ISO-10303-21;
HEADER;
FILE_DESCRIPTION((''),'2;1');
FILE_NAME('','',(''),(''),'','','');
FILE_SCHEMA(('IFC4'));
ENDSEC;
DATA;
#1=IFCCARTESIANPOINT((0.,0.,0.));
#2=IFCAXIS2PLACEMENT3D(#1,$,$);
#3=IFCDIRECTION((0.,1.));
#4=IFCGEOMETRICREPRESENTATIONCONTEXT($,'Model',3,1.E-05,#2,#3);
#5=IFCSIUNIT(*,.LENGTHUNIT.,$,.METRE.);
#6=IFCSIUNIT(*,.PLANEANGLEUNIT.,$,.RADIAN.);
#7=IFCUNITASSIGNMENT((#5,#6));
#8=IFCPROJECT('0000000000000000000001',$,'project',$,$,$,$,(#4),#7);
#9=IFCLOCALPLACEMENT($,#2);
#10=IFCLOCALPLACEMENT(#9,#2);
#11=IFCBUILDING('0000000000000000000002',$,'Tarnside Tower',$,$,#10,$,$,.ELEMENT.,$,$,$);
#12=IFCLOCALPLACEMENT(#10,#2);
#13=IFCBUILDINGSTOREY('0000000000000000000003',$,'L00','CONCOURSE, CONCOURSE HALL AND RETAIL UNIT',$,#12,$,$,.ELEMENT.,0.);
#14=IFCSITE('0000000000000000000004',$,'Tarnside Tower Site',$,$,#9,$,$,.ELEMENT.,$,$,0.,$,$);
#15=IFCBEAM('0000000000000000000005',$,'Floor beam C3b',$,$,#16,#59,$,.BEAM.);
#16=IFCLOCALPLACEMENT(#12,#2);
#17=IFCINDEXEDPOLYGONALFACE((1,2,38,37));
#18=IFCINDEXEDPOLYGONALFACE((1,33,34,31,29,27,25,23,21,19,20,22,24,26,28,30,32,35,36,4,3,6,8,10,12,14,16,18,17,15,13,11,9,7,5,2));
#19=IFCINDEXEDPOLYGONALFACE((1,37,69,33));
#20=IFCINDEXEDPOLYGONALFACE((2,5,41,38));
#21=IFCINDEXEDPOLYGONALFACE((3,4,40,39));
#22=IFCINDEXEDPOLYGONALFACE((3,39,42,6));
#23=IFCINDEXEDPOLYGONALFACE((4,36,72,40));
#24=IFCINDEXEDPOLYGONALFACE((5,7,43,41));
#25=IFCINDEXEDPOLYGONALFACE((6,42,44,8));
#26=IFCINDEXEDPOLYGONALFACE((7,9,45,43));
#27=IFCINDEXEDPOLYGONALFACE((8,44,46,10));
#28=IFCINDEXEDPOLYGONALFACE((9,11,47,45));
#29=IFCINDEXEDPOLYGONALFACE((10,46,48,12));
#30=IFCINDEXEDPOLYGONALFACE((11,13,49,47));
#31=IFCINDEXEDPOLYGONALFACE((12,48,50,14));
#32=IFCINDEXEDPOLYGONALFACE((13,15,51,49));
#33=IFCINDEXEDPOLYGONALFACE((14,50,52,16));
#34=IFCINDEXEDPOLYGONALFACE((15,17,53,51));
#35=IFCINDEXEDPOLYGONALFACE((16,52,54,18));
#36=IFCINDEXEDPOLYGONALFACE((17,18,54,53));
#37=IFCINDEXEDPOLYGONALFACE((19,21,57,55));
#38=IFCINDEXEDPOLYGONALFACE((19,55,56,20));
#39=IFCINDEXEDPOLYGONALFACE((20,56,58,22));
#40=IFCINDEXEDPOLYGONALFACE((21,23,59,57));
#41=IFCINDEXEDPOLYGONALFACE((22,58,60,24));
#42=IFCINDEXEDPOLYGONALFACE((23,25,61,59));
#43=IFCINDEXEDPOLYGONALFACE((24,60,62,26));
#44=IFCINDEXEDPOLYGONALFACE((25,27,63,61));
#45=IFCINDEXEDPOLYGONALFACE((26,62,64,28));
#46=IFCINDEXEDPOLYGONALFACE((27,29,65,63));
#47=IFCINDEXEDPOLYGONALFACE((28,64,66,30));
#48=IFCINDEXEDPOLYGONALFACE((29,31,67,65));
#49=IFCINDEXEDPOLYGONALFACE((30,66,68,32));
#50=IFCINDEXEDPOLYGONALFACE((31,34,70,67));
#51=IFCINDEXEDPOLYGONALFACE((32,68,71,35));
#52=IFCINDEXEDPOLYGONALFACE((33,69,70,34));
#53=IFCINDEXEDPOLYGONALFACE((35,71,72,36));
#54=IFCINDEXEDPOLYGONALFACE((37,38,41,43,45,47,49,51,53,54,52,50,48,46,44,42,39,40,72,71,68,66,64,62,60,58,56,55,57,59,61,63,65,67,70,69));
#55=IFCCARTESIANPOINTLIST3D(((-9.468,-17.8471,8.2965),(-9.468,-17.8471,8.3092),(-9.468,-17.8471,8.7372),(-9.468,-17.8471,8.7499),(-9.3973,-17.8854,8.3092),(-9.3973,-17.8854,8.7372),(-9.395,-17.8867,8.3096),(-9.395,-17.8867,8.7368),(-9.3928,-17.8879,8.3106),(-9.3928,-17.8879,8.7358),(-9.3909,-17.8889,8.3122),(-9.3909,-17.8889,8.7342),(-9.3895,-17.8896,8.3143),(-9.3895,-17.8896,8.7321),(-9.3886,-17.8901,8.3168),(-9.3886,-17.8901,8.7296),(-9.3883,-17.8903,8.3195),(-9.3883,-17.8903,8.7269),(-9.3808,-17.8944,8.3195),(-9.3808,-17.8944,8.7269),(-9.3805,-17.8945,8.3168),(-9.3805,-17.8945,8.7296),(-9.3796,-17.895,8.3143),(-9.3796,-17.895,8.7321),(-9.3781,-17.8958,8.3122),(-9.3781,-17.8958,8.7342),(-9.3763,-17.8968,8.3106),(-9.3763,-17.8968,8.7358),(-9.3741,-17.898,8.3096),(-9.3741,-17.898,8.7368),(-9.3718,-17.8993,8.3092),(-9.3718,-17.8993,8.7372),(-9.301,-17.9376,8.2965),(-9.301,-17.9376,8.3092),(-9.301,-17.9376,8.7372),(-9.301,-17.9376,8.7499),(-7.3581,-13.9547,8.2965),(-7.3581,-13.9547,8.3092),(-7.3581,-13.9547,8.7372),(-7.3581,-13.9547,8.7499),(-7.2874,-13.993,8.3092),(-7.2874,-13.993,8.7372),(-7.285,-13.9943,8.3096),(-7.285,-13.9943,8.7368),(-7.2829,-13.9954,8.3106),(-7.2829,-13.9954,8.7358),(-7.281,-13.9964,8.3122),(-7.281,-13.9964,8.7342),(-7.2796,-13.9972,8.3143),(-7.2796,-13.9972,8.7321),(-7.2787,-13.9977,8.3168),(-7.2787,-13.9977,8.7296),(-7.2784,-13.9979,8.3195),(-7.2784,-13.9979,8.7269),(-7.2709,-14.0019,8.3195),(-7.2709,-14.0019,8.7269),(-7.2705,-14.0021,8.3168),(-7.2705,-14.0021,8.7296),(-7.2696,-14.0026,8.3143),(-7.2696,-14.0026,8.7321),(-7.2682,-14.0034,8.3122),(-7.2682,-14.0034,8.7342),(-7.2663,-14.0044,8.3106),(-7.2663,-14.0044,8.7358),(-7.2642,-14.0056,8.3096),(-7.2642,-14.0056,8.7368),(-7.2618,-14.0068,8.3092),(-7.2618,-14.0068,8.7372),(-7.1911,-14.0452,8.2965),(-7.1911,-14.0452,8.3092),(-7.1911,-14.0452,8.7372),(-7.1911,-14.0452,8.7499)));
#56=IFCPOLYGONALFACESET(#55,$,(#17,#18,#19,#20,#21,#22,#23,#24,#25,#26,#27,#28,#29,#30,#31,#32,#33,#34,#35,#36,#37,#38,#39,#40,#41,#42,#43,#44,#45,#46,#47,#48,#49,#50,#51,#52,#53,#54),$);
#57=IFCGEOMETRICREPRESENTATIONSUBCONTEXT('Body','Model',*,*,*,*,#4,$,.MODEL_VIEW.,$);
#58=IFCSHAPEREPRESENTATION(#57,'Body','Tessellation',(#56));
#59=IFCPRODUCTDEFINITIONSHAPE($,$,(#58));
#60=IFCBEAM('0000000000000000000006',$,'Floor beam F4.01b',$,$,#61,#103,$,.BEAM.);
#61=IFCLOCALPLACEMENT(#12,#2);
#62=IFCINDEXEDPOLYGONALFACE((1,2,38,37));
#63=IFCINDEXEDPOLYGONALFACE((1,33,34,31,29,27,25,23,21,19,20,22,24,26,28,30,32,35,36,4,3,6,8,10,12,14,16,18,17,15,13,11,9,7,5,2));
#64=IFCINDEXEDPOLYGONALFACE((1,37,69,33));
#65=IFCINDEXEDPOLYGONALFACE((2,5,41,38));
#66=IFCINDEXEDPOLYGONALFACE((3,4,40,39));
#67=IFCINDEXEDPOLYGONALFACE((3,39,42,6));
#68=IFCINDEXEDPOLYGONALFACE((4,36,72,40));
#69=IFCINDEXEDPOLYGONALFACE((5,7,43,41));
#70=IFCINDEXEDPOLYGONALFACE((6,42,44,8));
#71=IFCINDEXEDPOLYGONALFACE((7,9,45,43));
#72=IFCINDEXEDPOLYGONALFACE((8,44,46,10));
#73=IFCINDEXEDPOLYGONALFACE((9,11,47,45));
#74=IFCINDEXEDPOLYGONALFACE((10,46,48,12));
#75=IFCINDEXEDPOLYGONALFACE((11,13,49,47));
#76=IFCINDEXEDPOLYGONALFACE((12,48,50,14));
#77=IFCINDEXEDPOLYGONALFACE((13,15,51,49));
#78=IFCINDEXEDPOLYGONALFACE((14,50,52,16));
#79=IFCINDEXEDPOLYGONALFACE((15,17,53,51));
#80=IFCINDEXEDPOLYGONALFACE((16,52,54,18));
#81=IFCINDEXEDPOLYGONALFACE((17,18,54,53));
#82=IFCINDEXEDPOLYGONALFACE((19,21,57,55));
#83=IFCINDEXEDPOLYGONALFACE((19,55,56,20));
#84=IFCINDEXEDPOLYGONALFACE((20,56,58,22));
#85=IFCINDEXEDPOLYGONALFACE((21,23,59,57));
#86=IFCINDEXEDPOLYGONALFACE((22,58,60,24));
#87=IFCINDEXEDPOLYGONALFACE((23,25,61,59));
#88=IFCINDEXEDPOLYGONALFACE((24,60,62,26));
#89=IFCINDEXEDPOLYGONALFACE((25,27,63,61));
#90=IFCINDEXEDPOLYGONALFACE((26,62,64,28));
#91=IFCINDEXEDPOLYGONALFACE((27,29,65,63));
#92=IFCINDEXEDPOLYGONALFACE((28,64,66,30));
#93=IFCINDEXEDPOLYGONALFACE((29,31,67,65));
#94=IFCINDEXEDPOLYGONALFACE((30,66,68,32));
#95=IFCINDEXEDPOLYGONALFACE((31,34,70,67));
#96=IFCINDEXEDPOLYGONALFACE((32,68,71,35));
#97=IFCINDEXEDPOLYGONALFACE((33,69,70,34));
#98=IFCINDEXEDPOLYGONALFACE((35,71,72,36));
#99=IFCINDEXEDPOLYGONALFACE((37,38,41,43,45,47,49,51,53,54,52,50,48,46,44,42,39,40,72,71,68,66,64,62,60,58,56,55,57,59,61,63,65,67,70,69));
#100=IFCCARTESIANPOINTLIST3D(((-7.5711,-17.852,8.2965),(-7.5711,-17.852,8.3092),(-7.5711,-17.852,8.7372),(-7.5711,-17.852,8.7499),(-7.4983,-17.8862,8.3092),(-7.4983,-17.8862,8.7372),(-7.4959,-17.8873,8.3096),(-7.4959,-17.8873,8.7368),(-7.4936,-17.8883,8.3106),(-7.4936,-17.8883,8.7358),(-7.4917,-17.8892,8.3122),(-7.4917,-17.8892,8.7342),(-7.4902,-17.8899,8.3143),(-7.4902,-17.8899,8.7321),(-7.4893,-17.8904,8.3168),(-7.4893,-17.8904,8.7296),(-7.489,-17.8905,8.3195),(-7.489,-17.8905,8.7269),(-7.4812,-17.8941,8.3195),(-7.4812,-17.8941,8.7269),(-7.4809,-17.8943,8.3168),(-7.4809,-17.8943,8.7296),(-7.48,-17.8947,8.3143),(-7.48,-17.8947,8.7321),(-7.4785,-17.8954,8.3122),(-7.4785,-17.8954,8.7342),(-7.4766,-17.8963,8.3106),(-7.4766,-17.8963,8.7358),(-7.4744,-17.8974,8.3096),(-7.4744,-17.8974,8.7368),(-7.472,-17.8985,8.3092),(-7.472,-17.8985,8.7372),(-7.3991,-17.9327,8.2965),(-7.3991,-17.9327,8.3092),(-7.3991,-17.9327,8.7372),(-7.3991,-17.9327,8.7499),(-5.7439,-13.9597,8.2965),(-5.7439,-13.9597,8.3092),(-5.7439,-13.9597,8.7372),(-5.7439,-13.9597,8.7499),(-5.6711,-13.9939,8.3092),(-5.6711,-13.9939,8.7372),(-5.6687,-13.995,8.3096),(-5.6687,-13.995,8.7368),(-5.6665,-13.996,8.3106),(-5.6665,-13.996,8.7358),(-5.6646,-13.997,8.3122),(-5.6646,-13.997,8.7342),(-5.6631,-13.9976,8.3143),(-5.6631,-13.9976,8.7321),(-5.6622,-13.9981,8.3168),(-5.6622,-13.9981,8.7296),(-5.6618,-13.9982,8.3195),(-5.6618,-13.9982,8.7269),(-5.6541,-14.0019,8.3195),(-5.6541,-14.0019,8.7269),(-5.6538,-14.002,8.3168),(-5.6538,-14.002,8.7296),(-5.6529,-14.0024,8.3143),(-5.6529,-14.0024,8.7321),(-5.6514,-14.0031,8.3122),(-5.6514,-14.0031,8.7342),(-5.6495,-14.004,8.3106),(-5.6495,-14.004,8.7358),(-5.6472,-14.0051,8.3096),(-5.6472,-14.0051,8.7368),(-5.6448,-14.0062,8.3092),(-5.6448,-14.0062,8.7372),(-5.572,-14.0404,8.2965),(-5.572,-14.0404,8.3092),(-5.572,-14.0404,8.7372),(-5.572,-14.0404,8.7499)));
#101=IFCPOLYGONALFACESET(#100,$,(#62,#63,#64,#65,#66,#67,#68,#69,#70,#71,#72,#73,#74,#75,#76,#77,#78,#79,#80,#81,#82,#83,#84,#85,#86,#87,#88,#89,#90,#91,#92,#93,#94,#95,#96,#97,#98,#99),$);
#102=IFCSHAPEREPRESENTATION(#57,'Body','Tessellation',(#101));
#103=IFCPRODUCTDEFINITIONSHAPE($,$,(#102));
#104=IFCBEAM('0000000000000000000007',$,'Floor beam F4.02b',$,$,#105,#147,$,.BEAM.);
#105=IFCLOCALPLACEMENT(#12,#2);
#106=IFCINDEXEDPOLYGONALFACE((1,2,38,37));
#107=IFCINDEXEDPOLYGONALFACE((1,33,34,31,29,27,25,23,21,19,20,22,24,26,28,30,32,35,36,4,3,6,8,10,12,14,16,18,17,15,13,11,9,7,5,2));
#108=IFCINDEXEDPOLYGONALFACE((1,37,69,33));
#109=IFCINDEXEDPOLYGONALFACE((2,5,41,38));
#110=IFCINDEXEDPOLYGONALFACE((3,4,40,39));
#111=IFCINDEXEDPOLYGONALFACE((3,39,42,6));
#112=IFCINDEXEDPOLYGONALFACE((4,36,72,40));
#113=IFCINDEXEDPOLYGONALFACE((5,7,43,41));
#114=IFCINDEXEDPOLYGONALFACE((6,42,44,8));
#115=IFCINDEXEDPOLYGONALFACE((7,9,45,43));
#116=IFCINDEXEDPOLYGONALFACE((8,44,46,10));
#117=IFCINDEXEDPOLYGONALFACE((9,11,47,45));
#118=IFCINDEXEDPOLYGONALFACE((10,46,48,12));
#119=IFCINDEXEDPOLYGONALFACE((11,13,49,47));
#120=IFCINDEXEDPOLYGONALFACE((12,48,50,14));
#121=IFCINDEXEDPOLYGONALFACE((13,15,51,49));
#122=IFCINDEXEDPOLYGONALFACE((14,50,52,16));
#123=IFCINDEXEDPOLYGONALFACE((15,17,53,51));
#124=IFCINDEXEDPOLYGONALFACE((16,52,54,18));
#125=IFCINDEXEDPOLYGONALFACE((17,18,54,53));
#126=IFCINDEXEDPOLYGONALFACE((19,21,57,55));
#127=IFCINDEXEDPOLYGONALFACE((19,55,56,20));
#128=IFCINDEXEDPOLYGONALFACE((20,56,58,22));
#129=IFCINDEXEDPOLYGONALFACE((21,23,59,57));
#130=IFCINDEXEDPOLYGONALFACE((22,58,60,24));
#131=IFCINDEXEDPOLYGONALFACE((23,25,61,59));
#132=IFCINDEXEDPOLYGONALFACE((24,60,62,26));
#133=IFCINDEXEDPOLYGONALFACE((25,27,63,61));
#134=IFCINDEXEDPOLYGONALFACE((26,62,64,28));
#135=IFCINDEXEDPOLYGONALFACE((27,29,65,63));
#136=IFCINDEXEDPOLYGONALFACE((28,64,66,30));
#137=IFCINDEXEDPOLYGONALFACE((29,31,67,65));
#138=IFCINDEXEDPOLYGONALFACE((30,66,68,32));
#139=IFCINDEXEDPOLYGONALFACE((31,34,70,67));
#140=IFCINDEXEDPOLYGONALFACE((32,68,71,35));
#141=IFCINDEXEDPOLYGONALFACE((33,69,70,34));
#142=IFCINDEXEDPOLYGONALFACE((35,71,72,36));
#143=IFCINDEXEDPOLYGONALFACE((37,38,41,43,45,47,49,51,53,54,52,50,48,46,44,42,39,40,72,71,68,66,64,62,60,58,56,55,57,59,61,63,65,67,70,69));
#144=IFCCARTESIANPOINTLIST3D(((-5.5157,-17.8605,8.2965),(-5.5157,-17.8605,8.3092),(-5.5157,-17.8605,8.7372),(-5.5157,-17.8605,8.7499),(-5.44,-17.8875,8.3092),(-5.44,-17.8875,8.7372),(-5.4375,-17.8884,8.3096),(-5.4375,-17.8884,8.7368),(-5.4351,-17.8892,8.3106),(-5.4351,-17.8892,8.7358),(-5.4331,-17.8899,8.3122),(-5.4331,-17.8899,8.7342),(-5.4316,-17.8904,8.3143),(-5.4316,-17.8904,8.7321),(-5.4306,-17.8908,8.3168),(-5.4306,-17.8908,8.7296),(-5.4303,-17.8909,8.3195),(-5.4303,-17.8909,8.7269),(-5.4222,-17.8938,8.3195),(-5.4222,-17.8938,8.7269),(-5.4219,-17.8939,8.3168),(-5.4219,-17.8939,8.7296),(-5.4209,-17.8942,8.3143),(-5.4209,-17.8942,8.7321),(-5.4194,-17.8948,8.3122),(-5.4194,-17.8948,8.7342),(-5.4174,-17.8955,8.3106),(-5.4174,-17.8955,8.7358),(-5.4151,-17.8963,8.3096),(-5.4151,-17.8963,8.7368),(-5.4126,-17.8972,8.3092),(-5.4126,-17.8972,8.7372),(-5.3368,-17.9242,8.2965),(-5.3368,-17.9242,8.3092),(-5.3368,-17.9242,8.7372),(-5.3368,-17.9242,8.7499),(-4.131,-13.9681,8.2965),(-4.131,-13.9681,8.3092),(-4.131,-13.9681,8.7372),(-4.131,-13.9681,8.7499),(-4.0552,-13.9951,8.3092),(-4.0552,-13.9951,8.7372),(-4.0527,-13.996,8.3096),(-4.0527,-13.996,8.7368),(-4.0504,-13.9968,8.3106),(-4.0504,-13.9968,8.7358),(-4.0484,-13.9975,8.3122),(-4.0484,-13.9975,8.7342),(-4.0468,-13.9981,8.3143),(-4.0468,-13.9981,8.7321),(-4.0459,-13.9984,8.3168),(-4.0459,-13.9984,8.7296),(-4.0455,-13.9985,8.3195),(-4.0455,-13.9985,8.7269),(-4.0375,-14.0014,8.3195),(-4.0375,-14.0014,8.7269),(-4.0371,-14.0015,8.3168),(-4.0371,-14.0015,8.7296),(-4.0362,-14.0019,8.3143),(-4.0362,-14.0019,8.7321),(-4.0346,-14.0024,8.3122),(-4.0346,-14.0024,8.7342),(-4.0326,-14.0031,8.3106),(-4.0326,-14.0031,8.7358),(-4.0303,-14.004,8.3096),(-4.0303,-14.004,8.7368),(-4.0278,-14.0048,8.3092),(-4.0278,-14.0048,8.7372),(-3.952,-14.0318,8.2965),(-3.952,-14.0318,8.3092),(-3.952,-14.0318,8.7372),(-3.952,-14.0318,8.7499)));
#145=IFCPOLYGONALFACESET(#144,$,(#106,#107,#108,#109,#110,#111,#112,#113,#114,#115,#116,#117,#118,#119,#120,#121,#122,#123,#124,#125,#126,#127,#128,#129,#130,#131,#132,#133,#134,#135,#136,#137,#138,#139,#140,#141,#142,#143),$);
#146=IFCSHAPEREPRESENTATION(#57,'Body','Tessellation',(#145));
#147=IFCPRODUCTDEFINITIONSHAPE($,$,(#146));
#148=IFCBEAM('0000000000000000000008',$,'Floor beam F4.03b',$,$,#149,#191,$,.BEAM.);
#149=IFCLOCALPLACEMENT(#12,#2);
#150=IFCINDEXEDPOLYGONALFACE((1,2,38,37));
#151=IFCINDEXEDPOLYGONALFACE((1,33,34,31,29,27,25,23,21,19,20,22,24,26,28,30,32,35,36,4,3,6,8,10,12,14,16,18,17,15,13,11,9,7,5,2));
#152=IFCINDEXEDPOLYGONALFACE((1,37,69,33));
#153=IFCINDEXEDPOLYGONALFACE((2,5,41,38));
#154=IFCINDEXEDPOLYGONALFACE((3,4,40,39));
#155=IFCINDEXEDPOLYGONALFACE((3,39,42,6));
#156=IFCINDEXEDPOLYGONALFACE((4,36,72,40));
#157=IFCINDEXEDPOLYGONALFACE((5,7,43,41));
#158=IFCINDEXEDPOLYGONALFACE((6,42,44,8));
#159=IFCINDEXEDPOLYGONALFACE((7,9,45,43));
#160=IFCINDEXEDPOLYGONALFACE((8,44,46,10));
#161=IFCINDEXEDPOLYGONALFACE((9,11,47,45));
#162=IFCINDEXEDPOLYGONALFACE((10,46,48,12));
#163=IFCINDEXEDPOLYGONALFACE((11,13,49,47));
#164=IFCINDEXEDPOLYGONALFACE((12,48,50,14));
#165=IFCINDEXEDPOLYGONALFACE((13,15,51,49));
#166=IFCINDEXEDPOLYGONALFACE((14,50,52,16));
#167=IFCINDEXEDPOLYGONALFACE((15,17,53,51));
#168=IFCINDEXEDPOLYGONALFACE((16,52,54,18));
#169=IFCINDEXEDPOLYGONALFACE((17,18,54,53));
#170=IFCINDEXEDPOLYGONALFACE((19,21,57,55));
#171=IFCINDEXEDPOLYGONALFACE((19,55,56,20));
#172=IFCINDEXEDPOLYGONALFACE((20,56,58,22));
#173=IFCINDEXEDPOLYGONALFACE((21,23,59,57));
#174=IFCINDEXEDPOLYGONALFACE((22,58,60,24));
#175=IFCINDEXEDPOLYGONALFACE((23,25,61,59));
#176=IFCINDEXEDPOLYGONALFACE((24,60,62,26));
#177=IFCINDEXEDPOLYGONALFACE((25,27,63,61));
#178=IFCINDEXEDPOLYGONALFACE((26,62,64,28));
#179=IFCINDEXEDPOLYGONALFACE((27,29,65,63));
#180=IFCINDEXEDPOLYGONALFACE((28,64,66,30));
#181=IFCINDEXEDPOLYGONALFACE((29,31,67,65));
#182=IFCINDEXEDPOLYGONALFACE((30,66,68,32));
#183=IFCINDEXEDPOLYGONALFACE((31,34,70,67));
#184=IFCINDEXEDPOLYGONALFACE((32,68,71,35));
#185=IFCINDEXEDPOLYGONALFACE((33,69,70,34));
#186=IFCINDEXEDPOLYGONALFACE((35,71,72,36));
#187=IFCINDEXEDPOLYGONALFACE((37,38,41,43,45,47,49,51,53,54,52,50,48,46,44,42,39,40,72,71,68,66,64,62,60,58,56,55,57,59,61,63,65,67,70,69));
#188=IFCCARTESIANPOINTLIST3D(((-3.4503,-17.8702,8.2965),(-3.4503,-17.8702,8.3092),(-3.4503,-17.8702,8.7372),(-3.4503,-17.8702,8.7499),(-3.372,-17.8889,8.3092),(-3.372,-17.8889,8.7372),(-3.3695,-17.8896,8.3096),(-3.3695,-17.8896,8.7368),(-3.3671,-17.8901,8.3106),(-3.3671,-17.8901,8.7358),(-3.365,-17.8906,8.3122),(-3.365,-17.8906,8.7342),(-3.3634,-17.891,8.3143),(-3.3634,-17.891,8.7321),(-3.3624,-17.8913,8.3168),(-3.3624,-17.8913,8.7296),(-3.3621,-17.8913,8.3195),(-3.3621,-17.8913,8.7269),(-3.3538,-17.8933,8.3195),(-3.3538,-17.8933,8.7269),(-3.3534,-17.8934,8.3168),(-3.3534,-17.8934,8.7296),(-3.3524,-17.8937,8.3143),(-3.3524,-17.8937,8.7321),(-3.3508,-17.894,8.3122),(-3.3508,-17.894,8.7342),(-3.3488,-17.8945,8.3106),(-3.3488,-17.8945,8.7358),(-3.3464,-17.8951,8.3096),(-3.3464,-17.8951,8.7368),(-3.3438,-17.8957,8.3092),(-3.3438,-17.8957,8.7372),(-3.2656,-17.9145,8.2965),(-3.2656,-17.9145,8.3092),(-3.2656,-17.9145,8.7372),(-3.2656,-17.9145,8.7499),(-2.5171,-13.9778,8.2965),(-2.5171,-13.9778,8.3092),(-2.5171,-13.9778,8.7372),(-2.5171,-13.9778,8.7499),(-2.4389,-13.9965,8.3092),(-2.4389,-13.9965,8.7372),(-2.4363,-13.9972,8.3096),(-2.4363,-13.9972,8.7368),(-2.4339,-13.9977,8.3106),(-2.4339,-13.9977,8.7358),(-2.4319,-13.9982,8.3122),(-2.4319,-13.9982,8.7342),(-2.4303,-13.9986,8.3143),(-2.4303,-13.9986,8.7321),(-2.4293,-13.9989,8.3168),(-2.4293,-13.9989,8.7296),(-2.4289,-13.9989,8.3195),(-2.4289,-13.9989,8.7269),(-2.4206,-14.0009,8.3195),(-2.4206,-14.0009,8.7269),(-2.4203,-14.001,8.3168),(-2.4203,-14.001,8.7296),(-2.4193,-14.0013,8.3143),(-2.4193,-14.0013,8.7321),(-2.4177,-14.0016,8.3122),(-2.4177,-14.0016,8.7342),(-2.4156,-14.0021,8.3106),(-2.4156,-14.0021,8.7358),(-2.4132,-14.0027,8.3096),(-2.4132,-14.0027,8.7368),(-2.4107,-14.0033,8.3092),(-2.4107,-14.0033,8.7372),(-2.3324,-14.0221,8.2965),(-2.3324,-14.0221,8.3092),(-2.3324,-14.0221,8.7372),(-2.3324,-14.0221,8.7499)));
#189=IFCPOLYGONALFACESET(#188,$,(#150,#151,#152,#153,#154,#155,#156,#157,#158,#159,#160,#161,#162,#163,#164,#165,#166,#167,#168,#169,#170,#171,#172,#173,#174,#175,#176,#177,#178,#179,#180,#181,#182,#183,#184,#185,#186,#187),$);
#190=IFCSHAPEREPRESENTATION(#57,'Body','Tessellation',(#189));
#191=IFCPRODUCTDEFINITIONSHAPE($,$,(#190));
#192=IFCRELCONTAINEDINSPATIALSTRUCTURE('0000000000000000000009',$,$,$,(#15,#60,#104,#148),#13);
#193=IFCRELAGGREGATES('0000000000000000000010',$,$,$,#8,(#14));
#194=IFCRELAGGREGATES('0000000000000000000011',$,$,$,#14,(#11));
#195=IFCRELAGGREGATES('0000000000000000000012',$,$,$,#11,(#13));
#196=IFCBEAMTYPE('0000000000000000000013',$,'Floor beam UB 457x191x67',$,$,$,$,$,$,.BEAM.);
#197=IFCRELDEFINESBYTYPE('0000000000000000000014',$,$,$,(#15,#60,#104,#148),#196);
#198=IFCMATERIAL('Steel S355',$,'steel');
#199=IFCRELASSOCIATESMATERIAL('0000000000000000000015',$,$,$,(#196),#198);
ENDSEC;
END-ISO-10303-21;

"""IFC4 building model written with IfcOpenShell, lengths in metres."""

from ifc_helpers import new_model, si_unit, direction, frame, origin, origin_2d, place, context, subcontext, project, spatial, i_section, extrude, material, material_profile, profile_set, type_object, element, save


model = new_model("IFC4")

# Units and contexts
model_context = context("Model", 3, precision=1e-05, world=origin(), true_north=direction((0.0, 1.0)))
body_context = subcontext(model_context, "Body", "Model", "MODEL_VIEW")
ifc_project = project(units=[si_unit("LENGTHUNIT", "METRE"), si_unit("PLANEANGLEUNIT", "RADIAN")], contexts=[model_context])

# Site, building, storey
site_placement = place(None, origin())
site = spatial("IfcSite", under=ifc_project, at=site_placement, Name="Tarnside Tower Site", CompositionType="ELEMENT", RefElevation=0.0)
building_placement = place(site_placement, origin())
building = spatial("IfcBuilding", under=site, at=building_placement, Name="Tarnside Tower", CompositionType="ELEMENT")
storey_placement = place(building_placement, origin())
storey = spatial("IfcBuildingStorey", under=building, at=storey_placement, Name="L00", Description="CONCOURSE, CONCOURSE HALL AND RETAIL UNIT", CompositionType="ELEMENT", Elevation=0.0)

# Beams
ifc_material_1 = material(Name="Steel S355", Category="steel")
ifc_material_profile_1 = material_profile(ifc_material_1, i_section(OverallWidth=0.1899, OverallDepth=0.4534, WebThickness=0.0085, FlangeThickness=0.0127, FilletRadius=0.0103, at=origin_2d()), Name="UB 457x191x67")
ifc_profile_set_1 = profile_set([ifc_material_profile_1], Name="Steel S355")
beam_type = type_object("IfcBeamType", Name="Floor beam UB 457x191x67", PredefinedType="BEAM", material=ifc_profile_set_1)
beam_1_placement = place(storey_placement, frame((-9.3845, -17.8923, 8.5232), z_axis=(0.476548, 0.879149, 0.0), x_axis=(-0.879149, 0.476548, 0.0)))
element("IfcBeam", 1, at=beam_1_placement, inside=storey, type_object=beam_type, Name="Floor beam C3b", PredefinedType="BEAM", context=body_context, shape_type="SweptSolid", body=[
    extrude(i_section(OverallWidth=0.1899, OverallDepth=0.4534, WebThickness=0.0085, FlangeThickness=0.0127, FilletRadius=0.0103, at=origin_2d()), origin(), (0.0, 0.0, 1.0), 4.4275),
])
beam_2_placement = place(storey_placement, frame((-7.4851, -17.8923, 8.5232), z_axis=(0.424933, 0.905225, 0.0), x_axis=(-0.905225, 0.424933, 0.0)))
element("IfcBeam", 2, at=beam_2_placement, inside=storey, type_object=beam_type, Name="Floor beam F4.01b", PredefinedType="BEAM", context=body_context, shape_type="SweptSolid", body=[
    extrude(i_section(OverallWidth=0.1899, OverallDepth=0.4534, WebThickness=0.0085, FlangeThickness=0.0127, FilletRadius=0.0103, at=origin_2d()), origin(), (0.0, 0.0, 1.0), 4.2998),
])
beam_3_placement = place(storey_placement, frame((-5.4263, -17.8923, 8.5232), z_axis=(0.335187, 0.942152, 0.0), x_axis=(-0.942152, 0.335187, 0.0)))
element("IfcBeam", 3, at=beam_3_placement, inside=storey, type_object=beam_type, Name="Floor beam F4.02b", PredefinedType="BEAM", context=body_context, shape_type="SweptSolid", body=[
    extrude(i_section(OverallWidth=0.1899, OverallDepth=0.4534, WebThickness=0.0085, FlangeThickness=0.0127, FilletRadius=0.0103, at=origin_2d()), origin(), (0.0, 0.0, 1.0), 4.1313),
])
beam_4_placement = place(storey_placement, frame((-3.3579, -17.8923, 8.5232), z_axis=(0.233124, 0.972447, 0.0), x_axis=(-0.972447, 0.233124, 0.0)))
element("IfcBeam", 4, at=beam_4_placement, inside=storey, type_object=beam_type, Name="Floor beam F4.03b", PredefinedType="BEAM", context=body_context, shape_type="SweptSolid", body=[
    extrude(i_section(OverallWidth=0.1899, OverallDepth=0.4534, WebThickness=0.0085, FlangeThickness=0.0127, FilletRadius=0.0103, at=origin_2d()), origin(), (0.0, 0.0, 1.0), 4.0027),
])

save(model, "model.ifc")
